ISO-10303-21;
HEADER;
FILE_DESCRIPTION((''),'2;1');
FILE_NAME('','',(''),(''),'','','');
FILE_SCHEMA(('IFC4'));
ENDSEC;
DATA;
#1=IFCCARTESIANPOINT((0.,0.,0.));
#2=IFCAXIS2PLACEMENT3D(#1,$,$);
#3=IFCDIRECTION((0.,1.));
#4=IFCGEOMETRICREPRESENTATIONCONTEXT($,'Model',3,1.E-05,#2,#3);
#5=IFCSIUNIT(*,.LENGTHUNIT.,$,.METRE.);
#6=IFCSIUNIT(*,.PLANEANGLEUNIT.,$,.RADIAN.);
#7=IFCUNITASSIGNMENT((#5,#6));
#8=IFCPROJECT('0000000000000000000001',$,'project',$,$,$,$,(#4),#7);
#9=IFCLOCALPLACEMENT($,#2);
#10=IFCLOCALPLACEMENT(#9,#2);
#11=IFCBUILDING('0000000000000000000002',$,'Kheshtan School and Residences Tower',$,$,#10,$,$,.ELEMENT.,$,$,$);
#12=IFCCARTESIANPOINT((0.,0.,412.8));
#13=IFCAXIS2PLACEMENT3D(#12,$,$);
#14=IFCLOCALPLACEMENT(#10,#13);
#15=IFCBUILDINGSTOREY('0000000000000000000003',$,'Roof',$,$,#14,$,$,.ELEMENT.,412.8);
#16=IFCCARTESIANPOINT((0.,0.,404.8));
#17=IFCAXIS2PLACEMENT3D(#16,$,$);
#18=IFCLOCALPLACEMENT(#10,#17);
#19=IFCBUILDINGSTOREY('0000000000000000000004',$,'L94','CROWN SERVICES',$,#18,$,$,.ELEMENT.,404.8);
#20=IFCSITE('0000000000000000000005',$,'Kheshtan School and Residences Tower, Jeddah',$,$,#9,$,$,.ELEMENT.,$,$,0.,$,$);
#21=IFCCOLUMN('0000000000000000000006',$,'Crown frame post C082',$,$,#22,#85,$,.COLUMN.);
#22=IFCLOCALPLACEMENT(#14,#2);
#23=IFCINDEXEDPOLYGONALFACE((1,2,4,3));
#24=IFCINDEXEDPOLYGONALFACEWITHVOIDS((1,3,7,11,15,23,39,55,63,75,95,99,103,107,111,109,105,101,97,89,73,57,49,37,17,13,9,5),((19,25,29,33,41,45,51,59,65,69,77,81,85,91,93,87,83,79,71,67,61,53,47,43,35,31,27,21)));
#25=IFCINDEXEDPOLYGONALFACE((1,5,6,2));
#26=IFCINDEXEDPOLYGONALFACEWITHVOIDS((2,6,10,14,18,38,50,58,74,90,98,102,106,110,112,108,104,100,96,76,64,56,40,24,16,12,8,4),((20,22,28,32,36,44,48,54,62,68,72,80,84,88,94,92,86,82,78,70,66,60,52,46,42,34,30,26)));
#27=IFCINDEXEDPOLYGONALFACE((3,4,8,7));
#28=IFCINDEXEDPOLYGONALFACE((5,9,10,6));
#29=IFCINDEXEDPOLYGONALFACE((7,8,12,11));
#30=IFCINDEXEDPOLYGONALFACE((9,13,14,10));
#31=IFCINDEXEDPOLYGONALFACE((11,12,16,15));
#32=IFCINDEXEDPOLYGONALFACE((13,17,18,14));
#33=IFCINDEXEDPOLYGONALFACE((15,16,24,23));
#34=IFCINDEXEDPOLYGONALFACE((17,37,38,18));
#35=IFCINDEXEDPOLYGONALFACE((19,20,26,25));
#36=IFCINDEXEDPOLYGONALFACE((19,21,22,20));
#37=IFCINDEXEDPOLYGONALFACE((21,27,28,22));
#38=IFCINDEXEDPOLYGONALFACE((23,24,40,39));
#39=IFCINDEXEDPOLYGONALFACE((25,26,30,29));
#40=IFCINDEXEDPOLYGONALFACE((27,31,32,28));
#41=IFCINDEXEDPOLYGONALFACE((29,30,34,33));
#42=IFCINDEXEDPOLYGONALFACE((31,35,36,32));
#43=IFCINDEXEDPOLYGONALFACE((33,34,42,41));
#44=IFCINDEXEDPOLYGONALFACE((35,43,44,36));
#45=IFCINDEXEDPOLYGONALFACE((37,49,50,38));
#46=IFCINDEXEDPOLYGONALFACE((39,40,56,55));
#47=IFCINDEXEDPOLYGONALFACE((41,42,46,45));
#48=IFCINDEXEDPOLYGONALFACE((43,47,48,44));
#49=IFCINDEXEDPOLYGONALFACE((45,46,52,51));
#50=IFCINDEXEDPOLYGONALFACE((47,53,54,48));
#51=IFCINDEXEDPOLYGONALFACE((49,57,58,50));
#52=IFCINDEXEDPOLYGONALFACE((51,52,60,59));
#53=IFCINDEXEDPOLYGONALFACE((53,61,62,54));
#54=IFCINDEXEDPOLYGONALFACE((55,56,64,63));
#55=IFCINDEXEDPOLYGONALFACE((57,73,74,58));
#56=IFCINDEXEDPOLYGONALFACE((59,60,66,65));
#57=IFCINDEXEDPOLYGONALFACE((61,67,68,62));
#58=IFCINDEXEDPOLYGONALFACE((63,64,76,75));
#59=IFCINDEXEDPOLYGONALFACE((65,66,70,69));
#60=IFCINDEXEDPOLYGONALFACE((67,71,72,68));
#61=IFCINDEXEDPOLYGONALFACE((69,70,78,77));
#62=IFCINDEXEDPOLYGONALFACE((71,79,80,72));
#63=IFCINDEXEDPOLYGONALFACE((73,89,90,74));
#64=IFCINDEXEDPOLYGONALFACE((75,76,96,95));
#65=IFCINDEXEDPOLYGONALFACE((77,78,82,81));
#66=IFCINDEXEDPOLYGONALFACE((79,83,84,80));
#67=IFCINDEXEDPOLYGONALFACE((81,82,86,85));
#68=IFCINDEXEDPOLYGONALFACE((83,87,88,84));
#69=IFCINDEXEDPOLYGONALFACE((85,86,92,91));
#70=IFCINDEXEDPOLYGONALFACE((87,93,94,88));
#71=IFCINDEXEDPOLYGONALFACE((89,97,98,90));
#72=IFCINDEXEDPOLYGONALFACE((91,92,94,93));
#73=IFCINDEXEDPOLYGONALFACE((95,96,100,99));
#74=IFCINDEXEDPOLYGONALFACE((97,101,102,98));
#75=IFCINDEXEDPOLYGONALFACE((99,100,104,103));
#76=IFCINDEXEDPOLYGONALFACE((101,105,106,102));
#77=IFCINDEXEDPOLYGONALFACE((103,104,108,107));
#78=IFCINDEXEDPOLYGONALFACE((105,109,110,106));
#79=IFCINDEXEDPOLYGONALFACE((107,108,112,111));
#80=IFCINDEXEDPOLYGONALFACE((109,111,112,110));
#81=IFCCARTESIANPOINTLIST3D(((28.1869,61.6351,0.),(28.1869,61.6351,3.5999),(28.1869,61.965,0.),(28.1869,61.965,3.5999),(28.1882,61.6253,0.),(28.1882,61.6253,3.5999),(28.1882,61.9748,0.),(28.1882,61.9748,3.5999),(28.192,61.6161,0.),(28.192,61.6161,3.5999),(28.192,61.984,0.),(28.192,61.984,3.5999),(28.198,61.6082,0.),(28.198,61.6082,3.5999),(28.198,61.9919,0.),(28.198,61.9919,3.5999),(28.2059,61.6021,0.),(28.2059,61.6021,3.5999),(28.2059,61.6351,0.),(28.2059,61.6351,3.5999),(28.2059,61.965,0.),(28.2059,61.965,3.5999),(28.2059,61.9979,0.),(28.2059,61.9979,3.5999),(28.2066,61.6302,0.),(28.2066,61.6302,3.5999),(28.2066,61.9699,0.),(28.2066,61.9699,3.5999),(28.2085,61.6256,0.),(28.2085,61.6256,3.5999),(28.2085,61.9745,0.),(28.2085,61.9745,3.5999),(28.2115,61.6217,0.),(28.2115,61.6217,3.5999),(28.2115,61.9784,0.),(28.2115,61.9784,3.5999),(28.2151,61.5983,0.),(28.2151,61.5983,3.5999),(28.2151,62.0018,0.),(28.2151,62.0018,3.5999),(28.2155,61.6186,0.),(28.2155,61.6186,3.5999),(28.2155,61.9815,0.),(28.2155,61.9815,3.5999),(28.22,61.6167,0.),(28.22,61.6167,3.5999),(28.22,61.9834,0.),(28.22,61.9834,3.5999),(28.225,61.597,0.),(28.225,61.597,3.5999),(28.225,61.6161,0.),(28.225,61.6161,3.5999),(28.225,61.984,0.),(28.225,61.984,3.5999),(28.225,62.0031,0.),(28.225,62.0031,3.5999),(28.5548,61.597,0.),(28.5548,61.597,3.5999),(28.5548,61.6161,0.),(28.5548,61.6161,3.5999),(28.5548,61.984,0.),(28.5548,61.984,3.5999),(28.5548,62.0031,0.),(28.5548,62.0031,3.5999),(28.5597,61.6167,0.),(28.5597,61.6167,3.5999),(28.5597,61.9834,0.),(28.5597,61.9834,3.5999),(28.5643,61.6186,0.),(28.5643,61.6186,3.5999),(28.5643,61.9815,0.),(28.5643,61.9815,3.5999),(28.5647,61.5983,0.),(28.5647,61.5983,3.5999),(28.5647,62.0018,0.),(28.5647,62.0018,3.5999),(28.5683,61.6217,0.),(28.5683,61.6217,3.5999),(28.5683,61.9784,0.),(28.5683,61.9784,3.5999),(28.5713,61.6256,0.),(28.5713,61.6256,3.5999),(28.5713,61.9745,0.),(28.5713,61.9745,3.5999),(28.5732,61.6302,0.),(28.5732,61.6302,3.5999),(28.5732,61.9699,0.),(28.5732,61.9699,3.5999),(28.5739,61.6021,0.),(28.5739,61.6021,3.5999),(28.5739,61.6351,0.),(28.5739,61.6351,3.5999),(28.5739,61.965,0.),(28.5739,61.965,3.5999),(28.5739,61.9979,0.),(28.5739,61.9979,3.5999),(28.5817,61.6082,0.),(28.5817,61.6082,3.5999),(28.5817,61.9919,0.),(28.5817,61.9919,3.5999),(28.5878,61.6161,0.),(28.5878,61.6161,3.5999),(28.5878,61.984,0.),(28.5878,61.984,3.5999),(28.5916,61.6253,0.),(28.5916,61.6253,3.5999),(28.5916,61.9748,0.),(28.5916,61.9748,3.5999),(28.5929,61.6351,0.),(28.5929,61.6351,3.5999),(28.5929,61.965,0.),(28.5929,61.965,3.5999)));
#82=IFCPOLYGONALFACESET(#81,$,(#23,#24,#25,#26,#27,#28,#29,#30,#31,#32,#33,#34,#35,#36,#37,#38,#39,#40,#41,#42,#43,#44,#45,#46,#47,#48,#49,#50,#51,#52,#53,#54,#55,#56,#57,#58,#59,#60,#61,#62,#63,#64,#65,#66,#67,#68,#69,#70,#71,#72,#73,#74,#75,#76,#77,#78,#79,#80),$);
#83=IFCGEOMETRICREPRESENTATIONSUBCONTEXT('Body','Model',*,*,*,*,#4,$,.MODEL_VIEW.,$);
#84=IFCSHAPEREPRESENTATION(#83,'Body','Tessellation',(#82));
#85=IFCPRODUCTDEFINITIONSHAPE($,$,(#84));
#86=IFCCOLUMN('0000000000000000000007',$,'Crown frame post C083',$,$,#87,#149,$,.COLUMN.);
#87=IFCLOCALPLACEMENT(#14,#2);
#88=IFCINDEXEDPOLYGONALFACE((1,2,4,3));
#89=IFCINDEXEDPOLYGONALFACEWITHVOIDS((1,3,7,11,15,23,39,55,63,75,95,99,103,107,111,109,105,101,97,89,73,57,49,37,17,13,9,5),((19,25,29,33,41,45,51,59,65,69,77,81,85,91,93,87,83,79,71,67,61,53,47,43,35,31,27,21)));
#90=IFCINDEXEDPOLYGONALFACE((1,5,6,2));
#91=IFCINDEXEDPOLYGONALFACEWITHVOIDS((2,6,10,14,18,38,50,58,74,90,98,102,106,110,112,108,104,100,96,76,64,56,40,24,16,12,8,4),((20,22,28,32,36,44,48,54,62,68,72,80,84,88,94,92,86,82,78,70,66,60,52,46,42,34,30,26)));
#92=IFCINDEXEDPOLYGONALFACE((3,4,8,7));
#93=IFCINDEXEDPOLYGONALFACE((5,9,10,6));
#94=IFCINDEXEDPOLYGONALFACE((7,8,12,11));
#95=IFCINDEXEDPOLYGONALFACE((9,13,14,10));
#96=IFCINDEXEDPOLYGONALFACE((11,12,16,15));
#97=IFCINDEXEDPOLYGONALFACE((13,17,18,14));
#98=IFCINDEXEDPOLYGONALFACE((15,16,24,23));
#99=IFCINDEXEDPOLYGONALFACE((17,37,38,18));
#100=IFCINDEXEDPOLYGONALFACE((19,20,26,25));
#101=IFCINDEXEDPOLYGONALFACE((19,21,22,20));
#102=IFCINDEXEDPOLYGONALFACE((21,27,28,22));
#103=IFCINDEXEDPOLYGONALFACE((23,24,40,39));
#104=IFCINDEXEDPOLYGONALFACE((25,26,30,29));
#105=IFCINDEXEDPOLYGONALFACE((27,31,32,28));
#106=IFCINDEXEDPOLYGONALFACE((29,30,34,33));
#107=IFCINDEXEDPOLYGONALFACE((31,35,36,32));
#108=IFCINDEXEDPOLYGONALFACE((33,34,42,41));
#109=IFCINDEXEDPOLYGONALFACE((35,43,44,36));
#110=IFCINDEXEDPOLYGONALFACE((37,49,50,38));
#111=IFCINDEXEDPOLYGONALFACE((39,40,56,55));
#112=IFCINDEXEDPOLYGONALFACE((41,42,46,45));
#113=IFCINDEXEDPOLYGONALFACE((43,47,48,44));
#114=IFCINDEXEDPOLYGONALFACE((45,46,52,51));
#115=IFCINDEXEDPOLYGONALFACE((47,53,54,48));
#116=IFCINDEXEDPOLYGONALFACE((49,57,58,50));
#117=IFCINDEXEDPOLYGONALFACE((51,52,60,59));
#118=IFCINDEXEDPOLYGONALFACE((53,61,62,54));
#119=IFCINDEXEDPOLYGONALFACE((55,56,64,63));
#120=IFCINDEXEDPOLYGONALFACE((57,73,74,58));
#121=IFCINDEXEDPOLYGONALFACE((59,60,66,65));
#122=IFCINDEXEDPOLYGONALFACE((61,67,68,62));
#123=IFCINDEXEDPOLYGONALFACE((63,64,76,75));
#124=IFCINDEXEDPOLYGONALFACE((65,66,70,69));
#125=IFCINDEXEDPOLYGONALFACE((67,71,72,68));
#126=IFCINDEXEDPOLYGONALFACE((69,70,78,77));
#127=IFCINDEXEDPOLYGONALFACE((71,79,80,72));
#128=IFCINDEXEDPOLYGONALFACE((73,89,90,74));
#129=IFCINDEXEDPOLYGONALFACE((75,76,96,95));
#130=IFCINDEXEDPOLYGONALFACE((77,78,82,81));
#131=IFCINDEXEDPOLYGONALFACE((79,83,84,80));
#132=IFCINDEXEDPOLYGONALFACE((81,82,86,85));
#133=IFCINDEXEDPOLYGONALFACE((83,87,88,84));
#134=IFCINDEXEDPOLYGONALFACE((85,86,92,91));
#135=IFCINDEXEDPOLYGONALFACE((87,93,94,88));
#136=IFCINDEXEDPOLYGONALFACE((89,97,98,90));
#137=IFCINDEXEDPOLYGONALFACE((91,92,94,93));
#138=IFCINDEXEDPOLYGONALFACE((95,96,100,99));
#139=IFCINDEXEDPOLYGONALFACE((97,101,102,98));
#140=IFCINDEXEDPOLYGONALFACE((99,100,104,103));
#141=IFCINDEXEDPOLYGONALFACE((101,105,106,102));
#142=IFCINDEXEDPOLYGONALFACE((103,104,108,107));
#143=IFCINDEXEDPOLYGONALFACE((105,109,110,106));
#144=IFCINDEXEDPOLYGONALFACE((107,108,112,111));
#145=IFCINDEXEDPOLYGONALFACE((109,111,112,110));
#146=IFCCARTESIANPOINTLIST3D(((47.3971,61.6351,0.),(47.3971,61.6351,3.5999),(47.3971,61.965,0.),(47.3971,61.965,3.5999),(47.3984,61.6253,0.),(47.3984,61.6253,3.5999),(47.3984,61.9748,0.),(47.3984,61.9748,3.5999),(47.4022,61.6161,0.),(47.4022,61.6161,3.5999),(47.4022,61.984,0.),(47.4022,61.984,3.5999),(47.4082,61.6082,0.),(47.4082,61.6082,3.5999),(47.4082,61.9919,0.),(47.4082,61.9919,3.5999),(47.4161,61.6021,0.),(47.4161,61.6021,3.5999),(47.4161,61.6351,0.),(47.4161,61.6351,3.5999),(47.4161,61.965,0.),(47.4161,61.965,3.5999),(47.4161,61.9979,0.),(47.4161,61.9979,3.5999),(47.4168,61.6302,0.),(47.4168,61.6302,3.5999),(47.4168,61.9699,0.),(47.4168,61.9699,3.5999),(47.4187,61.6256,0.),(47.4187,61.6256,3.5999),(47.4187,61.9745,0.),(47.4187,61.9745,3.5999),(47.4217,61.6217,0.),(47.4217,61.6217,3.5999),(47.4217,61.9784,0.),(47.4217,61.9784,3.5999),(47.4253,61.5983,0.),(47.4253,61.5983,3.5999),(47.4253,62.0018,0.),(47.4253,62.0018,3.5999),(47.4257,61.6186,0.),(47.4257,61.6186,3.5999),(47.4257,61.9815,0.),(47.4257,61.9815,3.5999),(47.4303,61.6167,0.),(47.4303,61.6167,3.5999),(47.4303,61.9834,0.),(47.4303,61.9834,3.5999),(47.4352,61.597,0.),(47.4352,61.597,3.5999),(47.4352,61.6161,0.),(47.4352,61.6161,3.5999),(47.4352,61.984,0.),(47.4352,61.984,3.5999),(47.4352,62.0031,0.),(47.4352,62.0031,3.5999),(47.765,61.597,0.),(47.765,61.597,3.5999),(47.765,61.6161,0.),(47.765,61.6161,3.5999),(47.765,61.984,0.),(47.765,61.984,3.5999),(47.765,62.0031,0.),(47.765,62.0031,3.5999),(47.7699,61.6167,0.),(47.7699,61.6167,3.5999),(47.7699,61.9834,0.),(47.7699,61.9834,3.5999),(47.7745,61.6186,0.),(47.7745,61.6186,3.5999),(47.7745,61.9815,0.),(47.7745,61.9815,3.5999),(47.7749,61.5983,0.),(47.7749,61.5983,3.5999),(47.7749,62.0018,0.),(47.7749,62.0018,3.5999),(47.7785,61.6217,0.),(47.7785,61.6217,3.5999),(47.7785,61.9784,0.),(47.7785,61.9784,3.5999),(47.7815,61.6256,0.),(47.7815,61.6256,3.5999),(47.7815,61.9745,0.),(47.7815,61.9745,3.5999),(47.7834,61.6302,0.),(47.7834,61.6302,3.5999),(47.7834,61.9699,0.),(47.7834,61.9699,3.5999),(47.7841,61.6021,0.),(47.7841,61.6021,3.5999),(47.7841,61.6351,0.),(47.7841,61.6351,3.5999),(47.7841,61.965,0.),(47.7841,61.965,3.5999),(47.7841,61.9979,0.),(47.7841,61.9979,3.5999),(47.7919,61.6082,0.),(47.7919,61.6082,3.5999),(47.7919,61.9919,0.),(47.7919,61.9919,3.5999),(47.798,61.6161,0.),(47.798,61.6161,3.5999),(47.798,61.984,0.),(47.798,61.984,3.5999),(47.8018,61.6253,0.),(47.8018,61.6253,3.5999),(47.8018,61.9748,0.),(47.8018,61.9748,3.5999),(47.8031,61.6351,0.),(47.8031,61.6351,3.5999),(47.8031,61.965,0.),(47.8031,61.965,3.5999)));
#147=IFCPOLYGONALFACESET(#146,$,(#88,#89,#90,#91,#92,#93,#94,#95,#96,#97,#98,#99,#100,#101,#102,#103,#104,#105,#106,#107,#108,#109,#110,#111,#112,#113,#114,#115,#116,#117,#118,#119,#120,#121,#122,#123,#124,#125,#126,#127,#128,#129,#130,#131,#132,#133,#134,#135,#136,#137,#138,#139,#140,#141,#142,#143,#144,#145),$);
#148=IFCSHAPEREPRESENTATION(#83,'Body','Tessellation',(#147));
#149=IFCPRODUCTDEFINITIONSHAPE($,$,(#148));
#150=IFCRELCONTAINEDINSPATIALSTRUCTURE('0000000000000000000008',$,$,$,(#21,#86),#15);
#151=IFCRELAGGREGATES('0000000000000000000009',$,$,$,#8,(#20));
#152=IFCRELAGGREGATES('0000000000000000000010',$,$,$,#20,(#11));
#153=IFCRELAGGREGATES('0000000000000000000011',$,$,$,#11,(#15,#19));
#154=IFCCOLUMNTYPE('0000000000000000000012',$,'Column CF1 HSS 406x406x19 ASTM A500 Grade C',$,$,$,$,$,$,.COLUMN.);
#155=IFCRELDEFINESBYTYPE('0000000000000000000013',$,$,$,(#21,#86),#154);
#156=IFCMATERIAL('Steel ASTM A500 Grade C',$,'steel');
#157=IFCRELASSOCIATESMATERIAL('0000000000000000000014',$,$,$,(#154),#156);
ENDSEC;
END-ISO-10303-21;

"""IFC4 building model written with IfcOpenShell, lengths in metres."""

from ifc_helpers import new_model, si_unit, direction, frame, origin, origin_2d, place, context, subcontext, project, spatial, hollow_rectangle, extrude, material, material_profile, profile_set, type_object, element, save


model = new_model("IFC4")

# Units and contexts
model_context = context("Model", 3, precision=1e-05, world=origin(), true_north=direction((0.0, 1.0)))
body_context = subcontext(model_context, "Body", "Model", "MODEL_VIEW")
ifc_project = project(units=[si_unit("LENGTHUNIT", "METRE"), si_unit("PLANEANGLEUNIT", "RADIAN")], contexts=[model_context])

# Site, building, storey
site_placement = place(None, origin())
site = spatial("IfcSite", under=ifc_project, at=site_placement, Name="Kheshtan School and Residences Tower, Jeddah", CompositionType="ELEMENT", RefElevation=0.0)
building_placement = place(site_placement, origin())
building = spatial("IfcBuilding", under=site, at=building_placement, Name="Kheshtan School and Residences Tower", CompositionType="ELEMENT")
storey_1_placement = place(building_placement, frame((0.0, 0.0, 412.8)))
storey_1 = spatial("IfcBuildingStorey", under=building, at=storey_1_placement, Name="Roof", CompositionType="ELEMENT", Elevation=412.8)

# Columns
ifc_material_1 = material(Name="Steel ASTM A500 Grade C", Category="steel")
ifc_material_profile = material_profile(ifc_material_1, hollow_rectangle(XDim=0.406, YDim=0.406, WallThickness=0.019, InnerFilletRadius=0.019, OuterFilletRadius=0.0381, at=origin_2d()), Name="HSS 406x406x19")
ifc_profile_set = profile_set([ifc_material_profile], Name="Steel ASTM A500 Grade C")
column_type = type_object("IfcColumnType", Name="Column CF1 HSS 406x406x19 ASTM A500 Grade C", PredefinedType="COLUMN", material=ifc_profile_set)
for number, where, z_axis, x_axis, name in (
    (1, (28.3899, 61.8, 0.0), (0.0, 0.0, 1.0), (1.0, 0.0, 0.0), "Crown frame post C082"),
    (2, (47.6001, 61.8, 0.0), (0.0, 0.0, 1.0), (1.0, 0.0, 0.0), "Crown frame post C083"),
):
    element("IfcColumn", number, at=place(storey_1_placement, frame(where, z_axis=z_axis, x_axis=x_axis)), inside=storey_1, type_object=column_type, Name=name, PredefinedType="COLUMN", context=body_context, shape_type="SweptSolid", body=[
        extrude(hollow_rectangle(XDim=0.406, YDim=0.406, WallThickness=0.019, InnerFilletRadius=0.019, OuterFilletRadius=0.0381, at=origin_2d()), origin(), (0.0, 0.0, 1.0), 3.5999),
    ])

# Shared definitions
storey_2_placement = place(building_placement, frame((0.0, 0.0, 404.8)))
storey_2 = spatial("IfcBuildingStorey", under=building, at=storey_2_placement, Name="L94", Description="CROWN SERVICES", CompositionType="ELEMENT", Elevation=404.8)

save(model, "model.ifc")
